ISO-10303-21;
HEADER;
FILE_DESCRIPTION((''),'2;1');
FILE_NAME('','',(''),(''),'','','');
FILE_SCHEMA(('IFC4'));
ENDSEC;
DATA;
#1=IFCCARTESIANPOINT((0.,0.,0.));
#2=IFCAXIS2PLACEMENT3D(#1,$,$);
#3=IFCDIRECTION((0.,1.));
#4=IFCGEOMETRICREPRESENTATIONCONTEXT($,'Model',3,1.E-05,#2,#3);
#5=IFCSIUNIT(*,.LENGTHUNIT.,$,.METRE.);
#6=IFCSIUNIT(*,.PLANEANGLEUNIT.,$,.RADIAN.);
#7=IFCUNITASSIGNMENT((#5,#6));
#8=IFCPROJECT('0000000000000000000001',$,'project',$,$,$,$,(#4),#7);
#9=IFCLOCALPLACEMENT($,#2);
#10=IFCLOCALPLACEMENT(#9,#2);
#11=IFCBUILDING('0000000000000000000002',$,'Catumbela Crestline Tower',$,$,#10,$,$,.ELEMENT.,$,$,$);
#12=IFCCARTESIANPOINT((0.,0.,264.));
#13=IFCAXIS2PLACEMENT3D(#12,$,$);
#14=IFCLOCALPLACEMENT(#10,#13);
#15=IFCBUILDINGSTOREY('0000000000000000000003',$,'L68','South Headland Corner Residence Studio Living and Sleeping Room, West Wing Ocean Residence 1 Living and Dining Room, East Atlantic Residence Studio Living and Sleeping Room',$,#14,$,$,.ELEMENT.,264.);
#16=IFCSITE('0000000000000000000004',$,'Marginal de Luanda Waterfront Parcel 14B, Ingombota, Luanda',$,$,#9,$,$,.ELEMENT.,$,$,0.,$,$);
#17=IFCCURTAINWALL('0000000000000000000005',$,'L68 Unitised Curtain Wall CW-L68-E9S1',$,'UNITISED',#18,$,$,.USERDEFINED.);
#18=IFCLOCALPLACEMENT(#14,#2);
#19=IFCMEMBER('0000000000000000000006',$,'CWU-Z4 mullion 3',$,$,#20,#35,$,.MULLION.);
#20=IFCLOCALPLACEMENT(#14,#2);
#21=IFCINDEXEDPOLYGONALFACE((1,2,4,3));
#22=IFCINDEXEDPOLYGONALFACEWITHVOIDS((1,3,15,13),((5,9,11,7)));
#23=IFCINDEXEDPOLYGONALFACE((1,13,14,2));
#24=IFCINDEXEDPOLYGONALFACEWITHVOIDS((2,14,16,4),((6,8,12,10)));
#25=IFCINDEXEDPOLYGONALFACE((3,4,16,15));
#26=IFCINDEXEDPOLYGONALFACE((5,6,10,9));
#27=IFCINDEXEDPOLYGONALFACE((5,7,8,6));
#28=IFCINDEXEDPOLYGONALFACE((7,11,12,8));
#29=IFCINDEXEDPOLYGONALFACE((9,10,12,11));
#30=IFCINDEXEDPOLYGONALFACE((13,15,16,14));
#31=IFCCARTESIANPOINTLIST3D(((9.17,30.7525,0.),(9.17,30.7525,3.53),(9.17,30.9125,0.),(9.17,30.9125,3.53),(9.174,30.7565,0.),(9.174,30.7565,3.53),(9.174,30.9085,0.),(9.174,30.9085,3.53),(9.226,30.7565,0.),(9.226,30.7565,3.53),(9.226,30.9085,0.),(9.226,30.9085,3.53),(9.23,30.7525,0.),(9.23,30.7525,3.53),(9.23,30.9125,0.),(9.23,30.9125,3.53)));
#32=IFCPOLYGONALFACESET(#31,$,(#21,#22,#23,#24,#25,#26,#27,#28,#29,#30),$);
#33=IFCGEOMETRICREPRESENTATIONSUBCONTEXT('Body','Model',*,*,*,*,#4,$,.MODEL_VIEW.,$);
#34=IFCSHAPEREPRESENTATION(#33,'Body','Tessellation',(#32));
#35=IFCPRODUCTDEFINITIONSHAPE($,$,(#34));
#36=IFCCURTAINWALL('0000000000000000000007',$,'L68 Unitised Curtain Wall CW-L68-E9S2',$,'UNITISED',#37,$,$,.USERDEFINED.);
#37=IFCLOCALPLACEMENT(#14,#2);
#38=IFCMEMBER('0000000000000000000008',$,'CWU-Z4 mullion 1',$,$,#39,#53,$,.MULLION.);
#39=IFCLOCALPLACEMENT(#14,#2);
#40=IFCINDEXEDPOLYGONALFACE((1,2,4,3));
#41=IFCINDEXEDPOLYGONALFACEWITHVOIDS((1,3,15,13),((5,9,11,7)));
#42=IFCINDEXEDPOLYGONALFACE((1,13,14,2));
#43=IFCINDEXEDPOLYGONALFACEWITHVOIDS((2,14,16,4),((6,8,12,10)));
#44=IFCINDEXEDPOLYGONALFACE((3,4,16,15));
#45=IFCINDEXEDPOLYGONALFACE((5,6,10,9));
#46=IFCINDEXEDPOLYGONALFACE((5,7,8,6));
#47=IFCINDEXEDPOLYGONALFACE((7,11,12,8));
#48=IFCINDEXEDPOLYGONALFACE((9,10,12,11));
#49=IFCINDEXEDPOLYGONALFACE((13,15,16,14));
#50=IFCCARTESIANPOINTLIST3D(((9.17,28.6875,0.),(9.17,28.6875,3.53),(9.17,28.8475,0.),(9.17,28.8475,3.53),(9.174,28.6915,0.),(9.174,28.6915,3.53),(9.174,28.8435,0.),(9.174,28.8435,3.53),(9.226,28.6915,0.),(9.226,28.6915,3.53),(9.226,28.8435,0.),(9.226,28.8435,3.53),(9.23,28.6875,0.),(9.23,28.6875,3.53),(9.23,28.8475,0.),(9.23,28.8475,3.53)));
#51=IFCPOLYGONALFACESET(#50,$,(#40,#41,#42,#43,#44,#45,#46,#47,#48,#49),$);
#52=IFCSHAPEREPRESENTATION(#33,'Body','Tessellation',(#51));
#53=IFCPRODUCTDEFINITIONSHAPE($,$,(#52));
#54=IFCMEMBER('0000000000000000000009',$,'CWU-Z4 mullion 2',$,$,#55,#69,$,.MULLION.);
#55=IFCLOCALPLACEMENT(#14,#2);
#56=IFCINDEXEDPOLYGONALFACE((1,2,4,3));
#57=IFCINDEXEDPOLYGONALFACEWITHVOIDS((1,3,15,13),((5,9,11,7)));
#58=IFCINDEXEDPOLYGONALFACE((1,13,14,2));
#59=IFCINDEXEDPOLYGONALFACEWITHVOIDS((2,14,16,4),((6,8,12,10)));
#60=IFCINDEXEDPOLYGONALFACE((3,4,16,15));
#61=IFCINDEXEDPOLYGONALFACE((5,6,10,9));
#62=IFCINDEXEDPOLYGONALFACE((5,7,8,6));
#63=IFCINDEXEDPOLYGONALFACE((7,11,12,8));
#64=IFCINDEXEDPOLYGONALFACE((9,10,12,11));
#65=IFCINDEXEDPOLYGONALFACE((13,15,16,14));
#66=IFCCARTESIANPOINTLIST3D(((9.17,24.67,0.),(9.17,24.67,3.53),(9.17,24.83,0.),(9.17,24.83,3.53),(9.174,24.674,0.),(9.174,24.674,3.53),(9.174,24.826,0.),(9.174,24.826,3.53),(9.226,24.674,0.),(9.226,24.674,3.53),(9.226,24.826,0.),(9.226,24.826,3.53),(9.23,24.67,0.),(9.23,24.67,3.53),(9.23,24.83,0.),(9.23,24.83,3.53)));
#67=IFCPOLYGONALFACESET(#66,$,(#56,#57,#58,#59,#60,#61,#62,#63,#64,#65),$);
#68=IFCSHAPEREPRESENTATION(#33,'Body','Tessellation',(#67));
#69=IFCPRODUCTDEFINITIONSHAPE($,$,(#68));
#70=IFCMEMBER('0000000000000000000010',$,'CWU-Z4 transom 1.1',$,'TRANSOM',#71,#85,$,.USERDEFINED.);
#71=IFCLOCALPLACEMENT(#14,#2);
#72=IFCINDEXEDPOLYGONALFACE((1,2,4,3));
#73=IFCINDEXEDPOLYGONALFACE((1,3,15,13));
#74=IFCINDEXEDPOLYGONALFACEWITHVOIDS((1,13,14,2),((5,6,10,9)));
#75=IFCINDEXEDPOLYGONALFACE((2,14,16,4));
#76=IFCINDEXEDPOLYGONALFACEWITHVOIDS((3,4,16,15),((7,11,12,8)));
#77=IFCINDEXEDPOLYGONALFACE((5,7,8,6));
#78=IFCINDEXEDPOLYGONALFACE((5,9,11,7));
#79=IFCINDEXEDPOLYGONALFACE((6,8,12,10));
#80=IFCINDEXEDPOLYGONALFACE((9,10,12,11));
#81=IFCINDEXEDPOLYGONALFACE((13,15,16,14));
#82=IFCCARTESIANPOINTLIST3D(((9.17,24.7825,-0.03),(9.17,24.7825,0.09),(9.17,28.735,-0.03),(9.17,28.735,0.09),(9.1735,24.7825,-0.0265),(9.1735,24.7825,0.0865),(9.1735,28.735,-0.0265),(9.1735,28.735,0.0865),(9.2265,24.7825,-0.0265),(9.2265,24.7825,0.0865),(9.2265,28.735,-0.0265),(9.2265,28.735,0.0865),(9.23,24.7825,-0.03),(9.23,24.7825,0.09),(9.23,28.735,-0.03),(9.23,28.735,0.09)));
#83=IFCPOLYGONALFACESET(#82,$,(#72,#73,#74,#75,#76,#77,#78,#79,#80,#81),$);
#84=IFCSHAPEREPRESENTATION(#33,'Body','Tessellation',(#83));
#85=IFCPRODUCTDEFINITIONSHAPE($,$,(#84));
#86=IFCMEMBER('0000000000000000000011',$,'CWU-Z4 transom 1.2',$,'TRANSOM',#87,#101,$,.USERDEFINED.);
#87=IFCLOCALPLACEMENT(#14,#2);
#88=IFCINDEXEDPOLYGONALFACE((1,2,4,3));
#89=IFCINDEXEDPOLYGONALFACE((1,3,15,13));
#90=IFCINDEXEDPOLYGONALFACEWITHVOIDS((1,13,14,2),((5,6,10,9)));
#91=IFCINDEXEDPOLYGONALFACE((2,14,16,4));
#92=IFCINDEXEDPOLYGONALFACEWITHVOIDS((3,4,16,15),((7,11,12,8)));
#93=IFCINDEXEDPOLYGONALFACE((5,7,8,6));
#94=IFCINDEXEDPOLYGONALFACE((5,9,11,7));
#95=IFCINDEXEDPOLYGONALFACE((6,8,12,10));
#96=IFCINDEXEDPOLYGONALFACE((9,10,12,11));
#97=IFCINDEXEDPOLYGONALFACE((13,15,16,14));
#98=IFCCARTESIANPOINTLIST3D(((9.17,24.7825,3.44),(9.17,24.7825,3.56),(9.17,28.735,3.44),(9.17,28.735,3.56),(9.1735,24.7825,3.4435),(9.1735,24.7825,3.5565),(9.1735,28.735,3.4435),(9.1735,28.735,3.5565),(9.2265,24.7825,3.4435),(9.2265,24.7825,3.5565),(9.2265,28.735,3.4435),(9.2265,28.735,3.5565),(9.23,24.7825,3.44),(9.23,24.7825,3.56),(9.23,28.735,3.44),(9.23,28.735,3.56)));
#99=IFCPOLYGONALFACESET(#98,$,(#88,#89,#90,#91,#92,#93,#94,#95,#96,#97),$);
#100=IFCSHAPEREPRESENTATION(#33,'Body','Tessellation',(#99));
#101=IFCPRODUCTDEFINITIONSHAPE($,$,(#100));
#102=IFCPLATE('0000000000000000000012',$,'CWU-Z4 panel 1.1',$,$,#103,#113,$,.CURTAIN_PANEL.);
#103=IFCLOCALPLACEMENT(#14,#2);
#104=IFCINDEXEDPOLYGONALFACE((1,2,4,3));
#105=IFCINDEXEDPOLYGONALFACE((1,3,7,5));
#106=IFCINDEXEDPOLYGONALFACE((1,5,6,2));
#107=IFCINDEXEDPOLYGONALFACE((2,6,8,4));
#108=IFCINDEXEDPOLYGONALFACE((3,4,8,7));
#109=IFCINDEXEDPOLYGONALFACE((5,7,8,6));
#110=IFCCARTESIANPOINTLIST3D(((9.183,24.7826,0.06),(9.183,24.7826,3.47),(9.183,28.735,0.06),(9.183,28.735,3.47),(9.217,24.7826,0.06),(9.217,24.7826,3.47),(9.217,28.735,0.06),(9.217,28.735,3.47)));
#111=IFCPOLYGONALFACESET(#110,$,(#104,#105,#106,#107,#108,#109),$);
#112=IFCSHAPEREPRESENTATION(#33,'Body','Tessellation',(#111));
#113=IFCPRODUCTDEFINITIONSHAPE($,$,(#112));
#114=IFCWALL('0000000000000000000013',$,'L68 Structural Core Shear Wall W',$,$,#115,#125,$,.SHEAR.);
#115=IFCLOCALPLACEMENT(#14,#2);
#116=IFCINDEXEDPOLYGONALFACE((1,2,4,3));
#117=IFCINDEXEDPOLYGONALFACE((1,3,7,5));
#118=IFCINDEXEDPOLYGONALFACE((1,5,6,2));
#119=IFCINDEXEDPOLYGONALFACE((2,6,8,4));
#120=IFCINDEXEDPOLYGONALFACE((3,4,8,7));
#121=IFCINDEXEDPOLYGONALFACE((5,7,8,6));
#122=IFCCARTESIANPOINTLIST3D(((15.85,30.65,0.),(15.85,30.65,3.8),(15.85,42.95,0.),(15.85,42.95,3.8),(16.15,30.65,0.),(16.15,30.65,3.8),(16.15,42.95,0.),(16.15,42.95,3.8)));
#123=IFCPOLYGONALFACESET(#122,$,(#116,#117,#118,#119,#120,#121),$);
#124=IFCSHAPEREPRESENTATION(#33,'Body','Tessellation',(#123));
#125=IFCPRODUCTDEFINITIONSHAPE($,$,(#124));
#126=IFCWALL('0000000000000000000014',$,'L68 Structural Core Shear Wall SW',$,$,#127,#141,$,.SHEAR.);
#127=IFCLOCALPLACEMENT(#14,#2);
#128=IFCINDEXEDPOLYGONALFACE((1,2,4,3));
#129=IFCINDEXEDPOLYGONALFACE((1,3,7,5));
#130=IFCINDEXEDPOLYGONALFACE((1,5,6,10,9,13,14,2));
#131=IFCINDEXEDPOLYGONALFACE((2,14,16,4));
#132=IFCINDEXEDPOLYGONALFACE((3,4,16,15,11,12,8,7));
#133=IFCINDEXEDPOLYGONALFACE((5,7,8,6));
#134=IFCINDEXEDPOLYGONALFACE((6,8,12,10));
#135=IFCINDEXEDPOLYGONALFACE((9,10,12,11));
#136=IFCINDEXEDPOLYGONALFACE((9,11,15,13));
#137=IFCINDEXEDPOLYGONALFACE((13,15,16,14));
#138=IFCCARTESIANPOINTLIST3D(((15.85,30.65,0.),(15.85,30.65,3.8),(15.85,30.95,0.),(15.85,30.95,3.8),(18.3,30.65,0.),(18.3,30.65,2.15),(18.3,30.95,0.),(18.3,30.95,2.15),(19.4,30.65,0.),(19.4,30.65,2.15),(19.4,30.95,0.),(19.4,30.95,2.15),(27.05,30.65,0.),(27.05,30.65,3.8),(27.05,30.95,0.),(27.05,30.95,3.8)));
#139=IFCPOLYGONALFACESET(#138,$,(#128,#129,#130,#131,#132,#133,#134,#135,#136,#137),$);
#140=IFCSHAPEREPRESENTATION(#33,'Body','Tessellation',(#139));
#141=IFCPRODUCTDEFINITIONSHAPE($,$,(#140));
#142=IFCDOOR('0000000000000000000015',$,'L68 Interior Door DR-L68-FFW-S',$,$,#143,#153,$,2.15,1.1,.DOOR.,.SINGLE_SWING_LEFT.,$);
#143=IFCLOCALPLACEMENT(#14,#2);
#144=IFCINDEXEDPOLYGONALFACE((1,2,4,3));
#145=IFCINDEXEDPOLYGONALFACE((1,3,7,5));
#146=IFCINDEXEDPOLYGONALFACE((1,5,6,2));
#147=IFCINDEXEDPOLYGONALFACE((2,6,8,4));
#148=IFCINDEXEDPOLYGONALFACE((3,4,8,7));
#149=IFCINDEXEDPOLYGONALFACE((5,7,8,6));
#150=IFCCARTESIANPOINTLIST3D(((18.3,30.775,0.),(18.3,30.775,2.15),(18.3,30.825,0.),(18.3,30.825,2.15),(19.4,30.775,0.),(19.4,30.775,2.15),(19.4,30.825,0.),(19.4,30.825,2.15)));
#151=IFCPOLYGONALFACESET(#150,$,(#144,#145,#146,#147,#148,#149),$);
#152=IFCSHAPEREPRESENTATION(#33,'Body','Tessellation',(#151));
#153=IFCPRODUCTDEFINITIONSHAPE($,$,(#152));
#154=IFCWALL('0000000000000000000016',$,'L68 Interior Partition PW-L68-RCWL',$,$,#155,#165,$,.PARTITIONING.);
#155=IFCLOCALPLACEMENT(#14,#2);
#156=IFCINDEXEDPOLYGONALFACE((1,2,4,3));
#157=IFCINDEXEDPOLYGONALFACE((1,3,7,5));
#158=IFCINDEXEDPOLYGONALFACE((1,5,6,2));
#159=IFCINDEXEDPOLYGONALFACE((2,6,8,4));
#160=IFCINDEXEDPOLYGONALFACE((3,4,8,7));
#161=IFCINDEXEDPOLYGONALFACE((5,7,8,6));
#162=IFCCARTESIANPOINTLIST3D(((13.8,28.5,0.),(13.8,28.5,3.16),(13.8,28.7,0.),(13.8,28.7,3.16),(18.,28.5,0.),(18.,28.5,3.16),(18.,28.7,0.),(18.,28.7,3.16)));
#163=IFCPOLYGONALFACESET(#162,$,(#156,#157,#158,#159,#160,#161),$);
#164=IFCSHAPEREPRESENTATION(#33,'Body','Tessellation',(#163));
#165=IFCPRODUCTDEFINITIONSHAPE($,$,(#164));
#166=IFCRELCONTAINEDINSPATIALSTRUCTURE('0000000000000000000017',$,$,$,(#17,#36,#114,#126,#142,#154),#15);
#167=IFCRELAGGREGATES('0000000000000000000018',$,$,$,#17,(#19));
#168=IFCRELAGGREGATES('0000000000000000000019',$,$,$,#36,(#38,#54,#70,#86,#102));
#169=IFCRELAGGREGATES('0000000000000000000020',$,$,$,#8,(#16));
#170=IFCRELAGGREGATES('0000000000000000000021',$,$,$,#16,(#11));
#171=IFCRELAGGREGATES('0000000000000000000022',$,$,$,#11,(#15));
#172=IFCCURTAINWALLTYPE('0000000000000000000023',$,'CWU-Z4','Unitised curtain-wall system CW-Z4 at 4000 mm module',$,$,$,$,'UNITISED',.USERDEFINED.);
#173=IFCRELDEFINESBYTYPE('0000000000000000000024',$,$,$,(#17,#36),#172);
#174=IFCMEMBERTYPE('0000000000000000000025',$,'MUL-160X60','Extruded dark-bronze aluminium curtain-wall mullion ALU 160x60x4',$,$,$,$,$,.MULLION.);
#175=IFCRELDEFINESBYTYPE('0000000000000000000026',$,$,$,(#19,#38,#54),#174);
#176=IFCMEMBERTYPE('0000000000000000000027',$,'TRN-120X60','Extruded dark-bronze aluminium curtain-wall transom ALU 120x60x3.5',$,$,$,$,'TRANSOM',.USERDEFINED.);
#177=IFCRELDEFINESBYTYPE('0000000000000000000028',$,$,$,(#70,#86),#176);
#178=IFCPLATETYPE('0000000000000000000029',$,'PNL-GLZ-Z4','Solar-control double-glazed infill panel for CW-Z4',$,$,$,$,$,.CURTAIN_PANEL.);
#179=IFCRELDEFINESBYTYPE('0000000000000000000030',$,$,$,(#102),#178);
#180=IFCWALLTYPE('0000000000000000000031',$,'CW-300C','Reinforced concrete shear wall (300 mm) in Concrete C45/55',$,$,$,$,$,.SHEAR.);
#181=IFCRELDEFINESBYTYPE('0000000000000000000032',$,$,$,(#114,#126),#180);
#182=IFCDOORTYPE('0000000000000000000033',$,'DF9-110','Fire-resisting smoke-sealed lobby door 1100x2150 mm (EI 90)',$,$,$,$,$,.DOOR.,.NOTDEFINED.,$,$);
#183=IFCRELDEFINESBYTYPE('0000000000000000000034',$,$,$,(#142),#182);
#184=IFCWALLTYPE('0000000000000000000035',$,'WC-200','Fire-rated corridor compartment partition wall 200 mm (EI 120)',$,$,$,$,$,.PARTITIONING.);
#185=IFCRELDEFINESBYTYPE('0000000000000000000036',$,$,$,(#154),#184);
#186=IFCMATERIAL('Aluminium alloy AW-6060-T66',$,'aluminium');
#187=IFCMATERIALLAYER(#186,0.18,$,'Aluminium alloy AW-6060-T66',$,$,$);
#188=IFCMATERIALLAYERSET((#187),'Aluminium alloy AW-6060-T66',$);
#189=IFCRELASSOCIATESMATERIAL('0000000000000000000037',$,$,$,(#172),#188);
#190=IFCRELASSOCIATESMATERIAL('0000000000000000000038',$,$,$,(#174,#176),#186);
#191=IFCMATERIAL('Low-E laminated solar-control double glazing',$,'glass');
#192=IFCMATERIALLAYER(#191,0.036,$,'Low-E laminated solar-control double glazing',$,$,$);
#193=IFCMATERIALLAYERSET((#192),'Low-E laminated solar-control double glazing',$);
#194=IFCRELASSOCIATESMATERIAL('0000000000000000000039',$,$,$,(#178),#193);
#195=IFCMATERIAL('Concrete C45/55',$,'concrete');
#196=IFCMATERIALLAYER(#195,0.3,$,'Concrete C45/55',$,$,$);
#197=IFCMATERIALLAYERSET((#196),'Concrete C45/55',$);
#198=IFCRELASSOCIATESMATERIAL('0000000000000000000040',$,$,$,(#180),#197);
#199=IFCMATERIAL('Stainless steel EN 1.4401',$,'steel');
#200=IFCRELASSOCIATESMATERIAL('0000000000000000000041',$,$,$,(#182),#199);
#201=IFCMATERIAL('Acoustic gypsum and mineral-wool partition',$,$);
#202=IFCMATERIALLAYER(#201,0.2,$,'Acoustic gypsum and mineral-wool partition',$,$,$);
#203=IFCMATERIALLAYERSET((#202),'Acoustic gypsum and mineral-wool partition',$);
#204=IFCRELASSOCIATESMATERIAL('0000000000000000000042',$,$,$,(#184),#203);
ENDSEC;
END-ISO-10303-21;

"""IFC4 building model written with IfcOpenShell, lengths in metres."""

from ifc_helpers import new_model, si_unit, direction, frame, frame_2d, origin, origin_2d, place, context, subcontext, project, spatial, rectangle, hollow_rectangle, extrude, material, layer, layer_set, material_profile, profile_set, type_object, element, fill, aggregate, save


model = new_model("IFC4")

# Units and contexts
model_context = context("Model", 3, precision=1e-05, world=origin(), true_north=direction((0.0, 1.0)))
body_context = subcontext(model_context, "Body", "Model", "MODEL_VIEW")
ifc_project = project(units=[si_unit("LENGTHUNIT", "METRE"), si_unit("PLANEANGLEUNIT", "RADIAN")], contexts=[model_context])

# Site, building, storey
site_placement = place(None, origin())
site = spatial("IfcSite", under=ifc_project, at=site_placement, Name="Marginal de Luanda Waterfront Parcel 14B, Ingombota, Luanda", CompositionType="ELEMENT", RefElevation=0.0)
building_placement = place(site_placement, origin())
building = spatial("IfcBuilding", under=site, at=building_placement, Name="Catumbela Crestline Tower", CompositionType="ELEMENT")
storey_placement = place(building_placement, frame((0.0, 0.0, 264.0)))
storey = spatial("IfcBuildingStorey", under=building, at=storey_placement, Name="L68", Description="South Headland Corner Residence Studio Living and Sleeping Room, West Wing Ocean Residence 1 Living and Dining Room, East Atlantic Residence Studio Living and Sleeping Room", CompositionType="ELEMENT", Elevation=264.0)

# Curtain wall, member
ifc_material_1 = material(Name="Aluminium alloy AW-6060-T66", Category="aluminium")
ifc_layer_1 = layer(ifc_material_1, 0.18, Name="Aluminium alloy AW-6060-T66")
ifc_layer_set_1 = layer_set([ifc_layer_1], Name="Aluminium alloy AW-6060-T66")
curtain_wall_type = type_object("IfcCurtainWallType", Name="CWU-Z4", Description="Unitised curtain-wall system CW-Z4 at 4000 mm module", ElementType="UNITISED", PredefinedType="USERDEFINED", material=ifc_layer_set_1)
curtain_wall_1_placement = place(storey_placement, origin())
curtain_wall_1 = element("IfcCurtainWall", 1, at=curtain_wall_1_placement, inside=storey, type_object=curtain_wall_type, Name="L68 Unitised Curtain Wall CW-L68-E9S1", ObjectType="UNITISED", PredefinedType="USERDEFINED")
ifc_material_profile_1 = material_profile(ifc_material_1, hollow_rectangle(XDim=0.06, YDim=0.16, WallThickness=0.004, at=origin_2d()), Name="ALU 160x60x4")
ifc_profile_set_1 = profile_set([ifc_material_profile_1], Name="Aluminium alloy AW-6060-T66")
member_type_1 = type_object("IfcMemberType", Name="MUL-160X60", Description="Extruded dark-bronze aluminium curtain-wall mullion ALU 160x60x4", PredefinedType="MULLION", material=ifc_profile_set_1)
member_1_placement = place(storey_placement, frame((9.2, 30.8325, 0.0), z_axis=(0.0, 0.0, 1.0), x_axis=(1.0, 0.0, 0.0)))
member_1 = element("IfcMember", 2, at=member_1_placement, type_object=member_type_1, Name="CWU-Z4 mullion 3", PredefinedType="MULLION", context=body_context, shape_type="SweptSolid", body=[
    extrude(hollow_rectangle(XDim=0.06, YDim=0.16, WallThickness=0.004, at=origin_2d()), origin(), (0.0, 0.0, 1.0), 3.53),
])
aggregate(curtain_wall_1, [member_1])

# Curtain wall, members, plate
curtain_wall_2_placement = place(storey_placement, origin())
curtain_wall_2 = element("IfcCurtainWall", 3, at=curtain_wall_2_placement, inside=storey, type_object=curtain_wall_type, Name="L68 Unitised Curtain Wall CW-L68-E9S2", ObjectType="UNITISED", PredefinedType="USERDEFINED")
member_2_placement = place(storey_placement, frame((9.2, 28.7675, 0.0), z_axis=(0.0, 0.0, 1.0), x_axis=(1.0, 0.0, 0.0)))
member_2 = element("IfcMember", 4, at=member_2_placement, type_object=member_type_1, Name="CWU-Z4 mullion 1", PredefinedType="MULLION", context=body_context, shape_type="SweptSolid", body=[
    extrude(hollow_rectangle(XDim=0.06, YDim=0.16, WallThickness=0.004, at=origin_2d()), origin(), (0.0, 0.0, 1.0), 3.53),
])
member_3_placement = place(storey_placement, frame((9.2, 24.75, 0.0), z_axis=(0.0, 0.0, 1.0), x_axis=(1.0, 0.0, 0.0)))
member_3 = element("IfcMember", 5, at=member_3_placement, type_object=member_type_1, Name="CWU-Z4 mullion 2", PredefinedType="MULLION", context=body_context, shape_type="SweptSolid", body=[
    extrude(hollow_rectangle(XDim=0.06, YDim=0.16, WallThickness=0.004, at=origin_2d()), origin(), (0.0, 0.0, 1.0), 3.53),
])
ifc_material_profile_2 = material_profile(ifc_material_1, hollow_rectangle(XDim=0.06, YDim=0.12, WallThickness=0.0035, at=origin_2d()), Name="ALU 120x60x3.5")
ifc_profile_set_2 = profile_set([ifc_material_profile_2], Name="Aluminium alloy AW-6060-T66")
member_type_2 = type_object("IfcMemberType", Name="TRN-120X60", Description="Extruded dark-bronze aluminium curtain-wall transom ALU 120x60x3.5", ElementType="TRANSOM", PredefinedType="USERDEFINED", material=ifc_profile_set_2)
member_4_placement = place(storey_placement, frame((9.2, 28.735, 0.03), z_axis=(0.0, -1.0, 0.0), x_axis=(1.0, 0.0, 0.0)))
member_4 = element("IfcMember", 6, at=member_4_placement, type_object=member_type_2, Name="CWU-Z4 transom 1.1", ObjectType="TRANSOM", PredefinedType="USERDEFINED", context=body_context, shape_type="SweptSolid", body=[
    extrude(hollow_rectangle(XDim=0.06, YDim=0.12, WallThickness=0.0035, at=origin_2d()), origin(), (0.0, 0.0, 1.0), 3.9525),
])
member_5_placement = place(storey_placement, frame((9.2, 28.735, 3.5), z_axis=(0.0, -1.0, 0.0), x_axis=(1.0, 0.0, 0.0)))
member_5 = element("IfcMember", 7, at=member_5_placement, type_object=member_type_2, Name="CWU-Z4 transom 1.2", ObjectType="TRANSOM", PredefinedType="USERDEFINED", context=body_context, shape_type="SweptSolid", body=[
    extrude(hollow_rectangle(XDim=0.06, YDim=0.12, WallThickness=0.0035, at=origin_2d()), origin(), (0.0, 0.0, 1.0), 3.9525),
])
ifc_material_2 = material(Name="Low-E laminated solar-control double glazing", Category="glass")
ifc_layer_2 = layer(ifc_material_2, 0.036, Name="Low-E laminated solar-control double glazing")
ifc_layer_set_2 = layer_set([ifc_layer_2], Name="Low-E laminated solar-control double glazing")
plate_type = type_object("IfcPlateType", Name="PNL-GLZ-Z4", Description="Solar-control double-glazed infill panel for CW-Z4", PredefinedType="CURTAIN_PANEL", material=ifc_layer_set_2)
plate_placement = place(storey_placement, frame((9.2, 26.7588, 0.06), z_axis=(0.0, 0.0, 1.0), x_axis=(0.0, -1.0, 0.0)))
plate = element("IfcPlate", 8, at=plate_placement, type_object=plate_type, Name="CWU-Z4 panel 1.1", PredefinedType="CURTAIN_PANEL", context=body_context, shape_type="SweptSolid", body=[
    extrude(rectangle(XDim=3.9525, YDim=0.034, at=origin_2d()), origin(), (0.0, 0.0, 1.0), 3.41),
])
aggregate(curtain_wall_2, [member_2, member_3, member_4, member_5, plate])

# Wall
ifc_material_3 = material(Name="Concrete C45/55", Category="concrete")
ifc_layer_3 = layer(ifc_material_3, 0.3, Name="Concrete C45/55")
ifc_layer_set_3 = layer_set([ifc_layer_3], Name="Concrete C45/55")
wall_type_1 = type_object("IfcWallType", Name="CW-300C", Description="Reinforced concrete shear wall (300 mm) in Concrete C45/55", PredefinedType="SHEAR", material=ifc_layer_set_3)
wall_1_placement = place(storey_placement, frame((16.0, 30.65, 0.0), z_axis=(0.0, 0.0, 1.0), x_axis=(0.0, 1.0, 0.0)))
element("IfcWall", 9, at=wall_1_placement, inside=storey, type_object=wall_type_1, Name="L68 Structural Core Shear Wall W", PredefinedType="SHEAR", context=body_context, shape_type="SweptSolid", body=[
    extrude(rectangle(XDim=12.3, YDim=0.3, at=frame_2d((6.15, 0.0))), origin(), (0.0, 0.0, 1.0), 3.8),
])

# Wall, opening, door
wall_2_placement = place(storey_placement, frame((15.85, 30.8, 0.0), z_axis=(0.0, 0.0, 1.0), x_axis=(1.0, 0.0, 0.0)))
wall_2 = element("IfcWall", 10, at=wall_2_placement, inside=storey, type_object=wall_type_1, Name="L68 Structural Core Shear Wall SW", PredefinedType="SHEAR", context=body_context, shape_type="SweptSolid", body=[
    extrude(rectangle(XDim=11.2, YDim=0.3, at=frame_2d((5.6, 0.0))), origin(), (0.0, 0.0, 1.0), 3.8),
])
opening_1_placement = place(wall_2_placement, frame((2.45, 0.0, 0.0)))
opening_1 = element("IfcOpeningElement", 11, at=opening_1_placement, cuts=wall_2, PredefinedType="OPENING", context=body_context, shape_type="SweptSolid", body=[
    extrude(rectangle(XDim=1.1, YDim=2.15, at=frame_2d((0.55, 1.075))), frame((0.0, 0.16, 0.0), z_axis=(0.0, -1.0, 0.0), x_axis=(1.0, 0.0, 0.0)), (0.0, 0.0, 1.0), 0.32),
])
ifc_material_4 = material(Name="Stainless steel EN 1.4401", Category="steel")
door_type_1 = type_object("IfcDoorType", Name="DF9-110", Description="Fire-resisting smoke-sealed lobby door 1100x2150 mm (EI 90)", OperationType="NOTDEFINED", PredefinedType="DOOR", material=ifc_material_4)
door_1_placement = place(opening_1_placement, origin())
door_1 = element("IfcDoor", 12, at=door_1_placement, inside=storey, type_object=door_type_1, Name="L68 Interior Door DR-L68-FFW-S", OperationType="SINGLE_SWING_LEFT", OverallHeight=2.15, OverallWidth=1.1, PredefinedType="DOOR", context=body_context, shape_type="SweptSolid", body=[
    extrude(rectangle(XDim=1.1, YDim=2.15, at=frame_2d((0.55, 1.075))), frame((0.0, 0.025, 0.0), z_axis=(0.0, -1.0, 0.0), x_axis=(1.0, 0.0, 0.0)), (0.0, 0.0, 1.0), 0.05),
])
fill(opening_1, door_1)

# Wall
ifc_material_5 = material(Name="Acoustic gypsum and mineral-wool partition")
ifc_layer_4 = layer(ifc_material_5, 0.2, Name="Acoustic gypsum and mineral-wool partition")
ifc_layer_set_4 = layer_set([ifc_layer_4], Name="Acoustic gypsum and mineral-wool partition")
wall_type_2 = type_object("IfcWallType", Name="WC-200", Description="Fire-rated corridor compartment partition wall 200 mm (EI 120)", PredefinedType="PARTITIONING", material=ifc_layer_set_4)
wall_3_placement = place(storey_placement, frame((13.8, 28.6, 0.0), z_axis=(0.0, 0.0, 1.0), x_axis=(1.0, 0.0, 0.0)))
element("IfcWall", 13, at=wall_3_placement, inside=storey, type_object=wall_type_2, Name="L68 Interior Partition PW-L68-RCWL", PredefinedType="PARTITIONING", context=body_context, shape_type="SweptSolid", body=[
    extrude(rectangle(XDim=4.2, YDim=0.2, at=frame_2d((2.1, 0.0))), origin(), (0.0, 0.0, 1.0), 3.16),
])

save(model, "model.ifc")
